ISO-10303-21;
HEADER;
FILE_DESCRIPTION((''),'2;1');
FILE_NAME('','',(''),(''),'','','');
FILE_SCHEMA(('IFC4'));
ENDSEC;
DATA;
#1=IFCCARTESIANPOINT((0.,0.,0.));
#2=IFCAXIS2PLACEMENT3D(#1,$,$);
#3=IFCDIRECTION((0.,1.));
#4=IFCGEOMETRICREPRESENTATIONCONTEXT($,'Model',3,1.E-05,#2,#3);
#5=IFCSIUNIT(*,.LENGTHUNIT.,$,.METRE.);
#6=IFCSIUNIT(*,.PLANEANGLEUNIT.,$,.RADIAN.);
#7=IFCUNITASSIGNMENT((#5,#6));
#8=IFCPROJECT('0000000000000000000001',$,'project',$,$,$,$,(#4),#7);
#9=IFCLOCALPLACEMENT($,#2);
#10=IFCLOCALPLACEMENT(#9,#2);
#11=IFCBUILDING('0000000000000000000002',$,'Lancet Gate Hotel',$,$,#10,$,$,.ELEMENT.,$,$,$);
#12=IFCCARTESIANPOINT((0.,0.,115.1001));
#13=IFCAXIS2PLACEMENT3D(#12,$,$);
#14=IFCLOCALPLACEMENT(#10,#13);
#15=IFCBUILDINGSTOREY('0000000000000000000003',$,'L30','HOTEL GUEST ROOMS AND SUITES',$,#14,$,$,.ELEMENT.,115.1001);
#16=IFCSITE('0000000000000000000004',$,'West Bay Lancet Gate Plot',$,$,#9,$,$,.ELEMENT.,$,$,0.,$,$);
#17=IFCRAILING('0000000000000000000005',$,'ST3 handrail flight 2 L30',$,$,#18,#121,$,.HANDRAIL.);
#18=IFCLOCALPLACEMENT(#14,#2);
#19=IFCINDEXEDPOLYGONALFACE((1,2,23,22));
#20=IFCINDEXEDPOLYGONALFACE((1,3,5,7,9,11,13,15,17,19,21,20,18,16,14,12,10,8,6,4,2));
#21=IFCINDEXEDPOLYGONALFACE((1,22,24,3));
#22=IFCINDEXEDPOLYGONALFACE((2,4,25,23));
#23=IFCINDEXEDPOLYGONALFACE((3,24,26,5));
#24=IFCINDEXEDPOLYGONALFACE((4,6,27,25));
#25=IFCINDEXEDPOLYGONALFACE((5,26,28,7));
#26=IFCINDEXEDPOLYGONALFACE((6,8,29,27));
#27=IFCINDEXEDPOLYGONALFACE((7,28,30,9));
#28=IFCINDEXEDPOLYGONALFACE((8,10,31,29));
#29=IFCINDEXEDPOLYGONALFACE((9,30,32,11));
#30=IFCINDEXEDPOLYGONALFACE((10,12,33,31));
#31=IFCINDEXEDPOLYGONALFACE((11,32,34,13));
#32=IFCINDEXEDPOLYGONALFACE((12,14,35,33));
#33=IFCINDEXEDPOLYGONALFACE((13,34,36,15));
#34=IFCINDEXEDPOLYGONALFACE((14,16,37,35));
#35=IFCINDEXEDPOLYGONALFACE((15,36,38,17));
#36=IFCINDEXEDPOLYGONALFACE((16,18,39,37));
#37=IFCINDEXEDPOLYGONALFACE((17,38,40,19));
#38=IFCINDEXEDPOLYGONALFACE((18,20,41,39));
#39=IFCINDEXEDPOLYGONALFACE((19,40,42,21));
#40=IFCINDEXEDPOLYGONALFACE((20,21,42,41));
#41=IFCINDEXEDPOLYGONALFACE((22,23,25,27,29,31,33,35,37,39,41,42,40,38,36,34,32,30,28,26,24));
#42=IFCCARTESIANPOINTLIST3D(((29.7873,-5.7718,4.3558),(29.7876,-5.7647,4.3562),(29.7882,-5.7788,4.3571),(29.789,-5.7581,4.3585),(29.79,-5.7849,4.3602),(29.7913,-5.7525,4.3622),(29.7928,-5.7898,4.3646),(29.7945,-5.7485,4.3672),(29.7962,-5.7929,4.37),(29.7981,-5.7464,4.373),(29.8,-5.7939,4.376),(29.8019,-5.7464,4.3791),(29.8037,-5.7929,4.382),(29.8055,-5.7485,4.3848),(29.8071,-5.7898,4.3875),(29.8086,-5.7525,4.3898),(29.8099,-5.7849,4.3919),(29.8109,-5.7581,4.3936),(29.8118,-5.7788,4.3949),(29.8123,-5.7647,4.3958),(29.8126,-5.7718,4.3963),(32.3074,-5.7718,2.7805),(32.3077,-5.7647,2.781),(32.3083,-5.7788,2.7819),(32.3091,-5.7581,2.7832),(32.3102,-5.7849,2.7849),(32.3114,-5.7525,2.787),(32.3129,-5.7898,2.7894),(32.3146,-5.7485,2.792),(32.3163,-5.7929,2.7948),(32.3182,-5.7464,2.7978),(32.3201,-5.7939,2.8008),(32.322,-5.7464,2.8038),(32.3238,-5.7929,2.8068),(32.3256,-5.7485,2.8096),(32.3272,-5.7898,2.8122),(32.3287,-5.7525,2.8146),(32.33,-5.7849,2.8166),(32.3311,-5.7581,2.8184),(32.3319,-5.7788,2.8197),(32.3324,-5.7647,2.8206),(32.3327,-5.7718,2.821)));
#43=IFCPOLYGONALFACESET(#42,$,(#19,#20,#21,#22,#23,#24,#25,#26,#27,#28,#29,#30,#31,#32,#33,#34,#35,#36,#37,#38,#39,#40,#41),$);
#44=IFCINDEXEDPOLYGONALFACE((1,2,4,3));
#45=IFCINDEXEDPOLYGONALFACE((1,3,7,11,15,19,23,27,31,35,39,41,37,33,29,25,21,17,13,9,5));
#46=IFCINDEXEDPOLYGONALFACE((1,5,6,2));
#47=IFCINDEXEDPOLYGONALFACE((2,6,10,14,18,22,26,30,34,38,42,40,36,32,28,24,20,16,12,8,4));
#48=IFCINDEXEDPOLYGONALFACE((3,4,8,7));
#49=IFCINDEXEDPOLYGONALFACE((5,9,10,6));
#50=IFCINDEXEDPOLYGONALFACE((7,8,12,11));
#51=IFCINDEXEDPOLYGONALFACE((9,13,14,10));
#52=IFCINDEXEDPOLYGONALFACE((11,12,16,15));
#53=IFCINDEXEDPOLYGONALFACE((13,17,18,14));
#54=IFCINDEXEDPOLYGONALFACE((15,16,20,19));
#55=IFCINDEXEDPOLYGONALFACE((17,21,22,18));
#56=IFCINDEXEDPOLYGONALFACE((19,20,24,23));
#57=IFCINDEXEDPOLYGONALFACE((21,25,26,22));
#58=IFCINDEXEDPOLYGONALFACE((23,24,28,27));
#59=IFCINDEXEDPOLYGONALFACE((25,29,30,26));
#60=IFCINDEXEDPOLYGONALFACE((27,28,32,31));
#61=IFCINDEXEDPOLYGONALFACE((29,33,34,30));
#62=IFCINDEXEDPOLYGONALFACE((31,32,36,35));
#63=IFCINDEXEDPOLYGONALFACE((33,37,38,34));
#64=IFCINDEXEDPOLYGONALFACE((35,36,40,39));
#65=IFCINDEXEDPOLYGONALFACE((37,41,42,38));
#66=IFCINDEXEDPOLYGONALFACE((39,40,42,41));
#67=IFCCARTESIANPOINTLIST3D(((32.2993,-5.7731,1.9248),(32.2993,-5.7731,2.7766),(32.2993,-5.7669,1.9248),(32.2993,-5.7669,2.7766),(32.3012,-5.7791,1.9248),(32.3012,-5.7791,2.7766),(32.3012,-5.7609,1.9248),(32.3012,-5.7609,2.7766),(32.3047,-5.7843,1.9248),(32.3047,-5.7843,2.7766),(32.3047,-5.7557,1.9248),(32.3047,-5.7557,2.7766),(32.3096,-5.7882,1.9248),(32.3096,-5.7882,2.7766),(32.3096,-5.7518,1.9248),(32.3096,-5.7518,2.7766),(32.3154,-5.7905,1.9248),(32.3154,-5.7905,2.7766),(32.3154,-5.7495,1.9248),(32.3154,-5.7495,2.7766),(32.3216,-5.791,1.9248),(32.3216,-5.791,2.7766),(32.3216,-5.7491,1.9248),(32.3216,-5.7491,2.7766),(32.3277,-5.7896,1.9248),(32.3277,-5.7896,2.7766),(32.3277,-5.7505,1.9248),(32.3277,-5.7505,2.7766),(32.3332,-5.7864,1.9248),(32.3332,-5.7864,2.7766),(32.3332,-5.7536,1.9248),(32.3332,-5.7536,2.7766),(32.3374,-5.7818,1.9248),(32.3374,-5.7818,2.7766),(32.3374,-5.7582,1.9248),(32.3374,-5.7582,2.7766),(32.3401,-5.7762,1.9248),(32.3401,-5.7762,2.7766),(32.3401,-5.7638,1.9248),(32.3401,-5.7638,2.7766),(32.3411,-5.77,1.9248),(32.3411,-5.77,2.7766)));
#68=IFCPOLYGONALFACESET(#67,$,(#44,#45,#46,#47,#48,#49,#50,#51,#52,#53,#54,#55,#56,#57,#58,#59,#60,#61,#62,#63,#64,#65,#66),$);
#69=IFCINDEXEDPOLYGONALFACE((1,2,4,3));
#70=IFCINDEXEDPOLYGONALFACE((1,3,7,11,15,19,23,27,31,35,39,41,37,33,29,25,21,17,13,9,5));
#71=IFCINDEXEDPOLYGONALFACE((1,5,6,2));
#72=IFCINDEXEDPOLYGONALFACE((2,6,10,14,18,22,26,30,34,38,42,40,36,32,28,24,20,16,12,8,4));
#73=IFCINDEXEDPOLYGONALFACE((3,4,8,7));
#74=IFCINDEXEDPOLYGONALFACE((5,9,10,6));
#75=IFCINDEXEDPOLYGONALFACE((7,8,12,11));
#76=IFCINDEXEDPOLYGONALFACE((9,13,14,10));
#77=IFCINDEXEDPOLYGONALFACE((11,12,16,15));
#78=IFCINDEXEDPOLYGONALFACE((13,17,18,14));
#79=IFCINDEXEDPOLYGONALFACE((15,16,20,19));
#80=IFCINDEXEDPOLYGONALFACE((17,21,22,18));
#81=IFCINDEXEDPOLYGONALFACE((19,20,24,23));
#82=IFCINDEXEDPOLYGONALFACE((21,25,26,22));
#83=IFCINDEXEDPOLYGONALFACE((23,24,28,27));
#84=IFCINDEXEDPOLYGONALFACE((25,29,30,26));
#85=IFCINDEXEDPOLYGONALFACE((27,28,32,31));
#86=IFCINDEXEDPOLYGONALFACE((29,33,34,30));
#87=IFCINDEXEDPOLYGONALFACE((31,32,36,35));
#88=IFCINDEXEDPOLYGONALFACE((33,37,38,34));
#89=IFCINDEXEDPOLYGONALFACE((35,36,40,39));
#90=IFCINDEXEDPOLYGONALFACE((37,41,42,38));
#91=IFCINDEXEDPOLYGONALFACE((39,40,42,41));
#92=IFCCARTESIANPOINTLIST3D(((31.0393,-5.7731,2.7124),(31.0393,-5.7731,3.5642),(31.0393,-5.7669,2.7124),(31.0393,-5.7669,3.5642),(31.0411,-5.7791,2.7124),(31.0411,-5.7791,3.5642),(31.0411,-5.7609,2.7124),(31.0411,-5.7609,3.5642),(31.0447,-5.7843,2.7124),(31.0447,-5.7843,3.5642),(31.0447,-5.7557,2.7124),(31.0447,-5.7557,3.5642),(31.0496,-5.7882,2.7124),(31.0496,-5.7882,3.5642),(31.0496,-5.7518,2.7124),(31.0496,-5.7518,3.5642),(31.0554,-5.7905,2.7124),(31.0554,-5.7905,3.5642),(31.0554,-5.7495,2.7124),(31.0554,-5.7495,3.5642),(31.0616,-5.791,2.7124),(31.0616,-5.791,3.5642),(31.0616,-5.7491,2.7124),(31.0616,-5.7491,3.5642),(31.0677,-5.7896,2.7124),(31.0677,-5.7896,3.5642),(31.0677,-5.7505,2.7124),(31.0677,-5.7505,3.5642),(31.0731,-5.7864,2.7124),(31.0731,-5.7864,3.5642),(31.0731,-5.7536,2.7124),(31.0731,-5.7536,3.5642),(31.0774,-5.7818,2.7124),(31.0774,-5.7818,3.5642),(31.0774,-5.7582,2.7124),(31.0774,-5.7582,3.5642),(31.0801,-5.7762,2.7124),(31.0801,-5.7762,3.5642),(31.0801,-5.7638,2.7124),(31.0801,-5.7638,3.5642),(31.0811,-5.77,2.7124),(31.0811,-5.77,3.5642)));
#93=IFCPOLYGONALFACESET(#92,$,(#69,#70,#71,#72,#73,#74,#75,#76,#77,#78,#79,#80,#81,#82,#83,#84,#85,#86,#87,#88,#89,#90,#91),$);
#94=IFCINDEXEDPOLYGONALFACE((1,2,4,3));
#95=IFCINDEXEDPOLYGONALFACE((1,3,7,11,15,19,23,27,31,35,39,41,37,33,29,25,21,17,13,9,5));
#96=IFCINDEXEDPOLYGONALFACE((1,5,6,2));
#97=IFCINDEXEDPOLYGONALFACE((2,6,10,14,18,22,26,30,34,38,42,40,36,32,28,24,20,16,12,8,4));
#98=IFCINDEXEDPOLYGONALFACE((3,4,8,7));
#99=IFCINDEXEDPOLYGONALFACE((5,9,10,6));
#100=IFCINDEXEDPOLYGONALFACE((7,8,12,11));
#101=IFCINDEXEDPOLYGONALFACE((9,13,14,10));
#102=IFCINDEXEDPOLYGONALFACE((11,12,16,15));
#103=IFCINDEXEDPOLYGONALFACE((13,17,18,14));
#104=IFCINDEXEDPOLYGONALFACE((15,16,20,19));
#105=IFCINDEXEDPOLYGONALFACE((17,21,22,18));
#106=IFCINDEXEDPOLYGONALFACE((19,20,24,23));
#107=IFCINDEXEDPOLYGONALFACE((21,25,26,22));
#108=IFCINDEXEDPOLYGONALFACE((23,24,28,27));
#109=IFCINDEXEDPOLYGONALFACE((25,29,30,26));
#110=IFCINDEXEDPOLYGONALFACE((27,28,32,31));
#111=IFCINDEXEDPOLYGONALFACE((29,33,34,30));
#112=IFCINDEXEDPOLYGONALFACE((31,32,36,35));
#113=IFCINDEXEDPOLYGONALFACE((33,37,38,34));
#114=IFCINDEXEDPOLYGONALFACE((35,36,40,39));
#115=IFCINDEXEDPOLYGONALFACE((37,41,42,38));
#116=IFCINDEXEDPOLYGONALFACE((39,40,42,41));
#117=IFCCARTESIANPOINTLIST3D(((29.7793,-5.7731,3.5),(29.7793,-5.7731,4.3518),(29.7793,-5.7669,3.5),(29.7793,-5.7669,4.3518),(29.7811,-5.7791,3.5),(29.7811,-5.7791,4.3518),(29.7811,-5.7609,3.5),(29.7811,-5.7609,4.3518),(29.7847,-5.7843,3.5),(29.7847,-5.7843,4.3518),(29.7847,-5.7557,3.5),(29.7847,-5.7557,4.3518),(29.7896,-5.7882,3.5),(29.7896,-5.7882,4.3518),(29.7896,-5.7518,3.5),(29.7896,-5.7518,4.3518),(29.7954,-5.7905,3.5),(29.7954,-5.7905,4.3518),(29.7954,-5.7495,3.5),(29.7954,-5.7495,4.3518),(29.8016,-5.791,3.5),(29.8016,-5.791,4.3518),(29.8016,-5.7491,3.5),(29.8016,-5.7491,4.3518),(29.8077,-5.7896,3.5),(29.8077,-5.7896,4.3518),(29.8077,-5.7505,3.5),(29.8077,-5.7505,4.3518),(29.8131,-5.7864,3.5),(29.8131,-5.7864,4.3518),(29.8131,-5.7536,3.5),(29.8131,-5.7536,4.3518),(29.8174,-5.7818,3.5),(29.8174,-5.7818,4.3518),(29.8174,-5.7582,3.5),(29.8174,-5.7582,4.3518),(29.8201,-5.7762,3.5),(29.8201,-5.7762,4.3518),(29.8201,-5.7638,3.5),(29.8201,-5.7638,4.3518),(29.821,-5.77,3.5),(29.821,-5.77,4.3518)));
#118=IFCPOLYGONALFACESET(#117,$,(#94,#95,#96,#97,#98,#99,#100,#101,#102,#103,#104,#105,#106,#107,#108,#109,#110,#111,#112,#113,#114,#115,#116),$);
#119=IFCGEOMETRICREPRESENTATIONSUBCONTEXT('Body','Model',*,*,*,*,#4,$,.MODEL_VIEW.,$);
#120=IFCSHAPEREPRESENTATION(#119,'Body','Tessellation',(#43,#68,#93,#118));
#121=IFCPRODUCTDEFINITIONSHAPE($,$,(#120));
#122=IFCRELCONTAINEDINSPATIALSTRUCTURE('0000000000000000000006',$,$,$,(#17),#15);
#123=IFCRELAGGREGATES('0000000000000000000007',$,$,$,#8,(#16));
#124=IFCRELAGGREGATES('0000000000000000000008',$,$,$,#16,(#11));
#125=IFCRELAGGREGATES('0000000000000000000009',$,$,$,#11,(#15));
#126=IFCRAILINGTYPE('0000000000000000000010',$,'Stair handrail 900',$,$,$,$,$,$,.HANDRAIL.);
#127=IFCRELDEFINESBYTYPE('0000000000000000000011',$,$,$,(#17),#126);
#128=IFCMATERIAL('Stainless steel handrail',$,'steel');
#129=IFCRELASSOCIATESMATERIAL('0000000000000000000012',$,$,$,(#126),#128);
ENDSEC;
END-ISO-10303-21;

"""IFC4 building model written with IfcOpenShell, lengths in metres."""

from ifc_helpers import new_model, si_unit, direction, frame, origin, origin_2d, place, context, subcontext, project, spatial, circle, extrude, material, type_object, element, save


model = new_model("IFC4")

# Units and contexts
model_context = context("Model", 3, precision=1e-05, world=origin(), true_north=direction((0.0, 1.0)))
body_context = subcontext(model_context, "Body", "Model", "MODEL_VIEW")
ifc_project = project(units=[si_unit("LENGTHUNIT", "METRE"), si_unit("PLANEANGLEUNIT", "RADIAN")], contexts=[model_context])

# Site, building, storey
site_placement = place(None, origin())
site = spatial("IfcSite", under=ifc_project, at=site_placement, Name="West Bay Lancet Gate Plot", CompositionType="ELEMENT", RefElevation=0.0)
building_placement = place(site_placement, origin())
building = spatial("IfcBuilding", under=site, at=building_placement, Name="Lancet Gate Hotel", CompositionType="ELEMENT")
storey_placement = place(building_placement, frame((0.0, 0.0, 115.1001)))
storey = spatial("IfcBuildingStorey", under=building, at=storey_placement, Name="L30", Description="HOTEL GUEST ROOMS AND SUITES", CompositionType="ELEMENT", Elevation=115.1001)

# Railing
ifc_material_1 = material(Name="Stainless steel handrail", Category="steel")
railing_type = type_object("IfcRailingType", Name="Stair handrail 900", PredefinedType="HANDRAIL", material=ifc_material_1)
railing_1_placement = place(storey_placement, frame((32.3201, -5.77, 1.9248)))
element("IfcRailing", 1, at=railing_1_placement, inside=storey, type_object=railing_type, Name="ST3 handrail flight 2 L30", PredefinedType="HANDRAIL", context=body_context, shape_type="SweptSolid", body=[
    extrude(circle(Radius=0.0239, at=origin_2d()), frame((0.0, 0.0, 0.876), z_axis=(-0.847971, 0.0, 0.530043), x_axis=(0.0, -1.0, 0.0)), (0.0, 0.0, 1.0), 2.9719),
    extrude(circle(Radius=0.021, at=origin_2d()), origin(), (0.0, 0.0, 1.0), 0.8518),
    extrude(circle(Radius=0.021, at=origin_2d()), frame((-1.26, 0.0, 0.7876)), (0.0, 0.0, 1.0), 0.8518),
    extrude(circle(Radius=0.021, at=origin_2d()), frame((-2.52, 0.0, 1.5752)), (0.0, 0.0, 1.0), 0.8518),
])

save(model, "model.ifc")
